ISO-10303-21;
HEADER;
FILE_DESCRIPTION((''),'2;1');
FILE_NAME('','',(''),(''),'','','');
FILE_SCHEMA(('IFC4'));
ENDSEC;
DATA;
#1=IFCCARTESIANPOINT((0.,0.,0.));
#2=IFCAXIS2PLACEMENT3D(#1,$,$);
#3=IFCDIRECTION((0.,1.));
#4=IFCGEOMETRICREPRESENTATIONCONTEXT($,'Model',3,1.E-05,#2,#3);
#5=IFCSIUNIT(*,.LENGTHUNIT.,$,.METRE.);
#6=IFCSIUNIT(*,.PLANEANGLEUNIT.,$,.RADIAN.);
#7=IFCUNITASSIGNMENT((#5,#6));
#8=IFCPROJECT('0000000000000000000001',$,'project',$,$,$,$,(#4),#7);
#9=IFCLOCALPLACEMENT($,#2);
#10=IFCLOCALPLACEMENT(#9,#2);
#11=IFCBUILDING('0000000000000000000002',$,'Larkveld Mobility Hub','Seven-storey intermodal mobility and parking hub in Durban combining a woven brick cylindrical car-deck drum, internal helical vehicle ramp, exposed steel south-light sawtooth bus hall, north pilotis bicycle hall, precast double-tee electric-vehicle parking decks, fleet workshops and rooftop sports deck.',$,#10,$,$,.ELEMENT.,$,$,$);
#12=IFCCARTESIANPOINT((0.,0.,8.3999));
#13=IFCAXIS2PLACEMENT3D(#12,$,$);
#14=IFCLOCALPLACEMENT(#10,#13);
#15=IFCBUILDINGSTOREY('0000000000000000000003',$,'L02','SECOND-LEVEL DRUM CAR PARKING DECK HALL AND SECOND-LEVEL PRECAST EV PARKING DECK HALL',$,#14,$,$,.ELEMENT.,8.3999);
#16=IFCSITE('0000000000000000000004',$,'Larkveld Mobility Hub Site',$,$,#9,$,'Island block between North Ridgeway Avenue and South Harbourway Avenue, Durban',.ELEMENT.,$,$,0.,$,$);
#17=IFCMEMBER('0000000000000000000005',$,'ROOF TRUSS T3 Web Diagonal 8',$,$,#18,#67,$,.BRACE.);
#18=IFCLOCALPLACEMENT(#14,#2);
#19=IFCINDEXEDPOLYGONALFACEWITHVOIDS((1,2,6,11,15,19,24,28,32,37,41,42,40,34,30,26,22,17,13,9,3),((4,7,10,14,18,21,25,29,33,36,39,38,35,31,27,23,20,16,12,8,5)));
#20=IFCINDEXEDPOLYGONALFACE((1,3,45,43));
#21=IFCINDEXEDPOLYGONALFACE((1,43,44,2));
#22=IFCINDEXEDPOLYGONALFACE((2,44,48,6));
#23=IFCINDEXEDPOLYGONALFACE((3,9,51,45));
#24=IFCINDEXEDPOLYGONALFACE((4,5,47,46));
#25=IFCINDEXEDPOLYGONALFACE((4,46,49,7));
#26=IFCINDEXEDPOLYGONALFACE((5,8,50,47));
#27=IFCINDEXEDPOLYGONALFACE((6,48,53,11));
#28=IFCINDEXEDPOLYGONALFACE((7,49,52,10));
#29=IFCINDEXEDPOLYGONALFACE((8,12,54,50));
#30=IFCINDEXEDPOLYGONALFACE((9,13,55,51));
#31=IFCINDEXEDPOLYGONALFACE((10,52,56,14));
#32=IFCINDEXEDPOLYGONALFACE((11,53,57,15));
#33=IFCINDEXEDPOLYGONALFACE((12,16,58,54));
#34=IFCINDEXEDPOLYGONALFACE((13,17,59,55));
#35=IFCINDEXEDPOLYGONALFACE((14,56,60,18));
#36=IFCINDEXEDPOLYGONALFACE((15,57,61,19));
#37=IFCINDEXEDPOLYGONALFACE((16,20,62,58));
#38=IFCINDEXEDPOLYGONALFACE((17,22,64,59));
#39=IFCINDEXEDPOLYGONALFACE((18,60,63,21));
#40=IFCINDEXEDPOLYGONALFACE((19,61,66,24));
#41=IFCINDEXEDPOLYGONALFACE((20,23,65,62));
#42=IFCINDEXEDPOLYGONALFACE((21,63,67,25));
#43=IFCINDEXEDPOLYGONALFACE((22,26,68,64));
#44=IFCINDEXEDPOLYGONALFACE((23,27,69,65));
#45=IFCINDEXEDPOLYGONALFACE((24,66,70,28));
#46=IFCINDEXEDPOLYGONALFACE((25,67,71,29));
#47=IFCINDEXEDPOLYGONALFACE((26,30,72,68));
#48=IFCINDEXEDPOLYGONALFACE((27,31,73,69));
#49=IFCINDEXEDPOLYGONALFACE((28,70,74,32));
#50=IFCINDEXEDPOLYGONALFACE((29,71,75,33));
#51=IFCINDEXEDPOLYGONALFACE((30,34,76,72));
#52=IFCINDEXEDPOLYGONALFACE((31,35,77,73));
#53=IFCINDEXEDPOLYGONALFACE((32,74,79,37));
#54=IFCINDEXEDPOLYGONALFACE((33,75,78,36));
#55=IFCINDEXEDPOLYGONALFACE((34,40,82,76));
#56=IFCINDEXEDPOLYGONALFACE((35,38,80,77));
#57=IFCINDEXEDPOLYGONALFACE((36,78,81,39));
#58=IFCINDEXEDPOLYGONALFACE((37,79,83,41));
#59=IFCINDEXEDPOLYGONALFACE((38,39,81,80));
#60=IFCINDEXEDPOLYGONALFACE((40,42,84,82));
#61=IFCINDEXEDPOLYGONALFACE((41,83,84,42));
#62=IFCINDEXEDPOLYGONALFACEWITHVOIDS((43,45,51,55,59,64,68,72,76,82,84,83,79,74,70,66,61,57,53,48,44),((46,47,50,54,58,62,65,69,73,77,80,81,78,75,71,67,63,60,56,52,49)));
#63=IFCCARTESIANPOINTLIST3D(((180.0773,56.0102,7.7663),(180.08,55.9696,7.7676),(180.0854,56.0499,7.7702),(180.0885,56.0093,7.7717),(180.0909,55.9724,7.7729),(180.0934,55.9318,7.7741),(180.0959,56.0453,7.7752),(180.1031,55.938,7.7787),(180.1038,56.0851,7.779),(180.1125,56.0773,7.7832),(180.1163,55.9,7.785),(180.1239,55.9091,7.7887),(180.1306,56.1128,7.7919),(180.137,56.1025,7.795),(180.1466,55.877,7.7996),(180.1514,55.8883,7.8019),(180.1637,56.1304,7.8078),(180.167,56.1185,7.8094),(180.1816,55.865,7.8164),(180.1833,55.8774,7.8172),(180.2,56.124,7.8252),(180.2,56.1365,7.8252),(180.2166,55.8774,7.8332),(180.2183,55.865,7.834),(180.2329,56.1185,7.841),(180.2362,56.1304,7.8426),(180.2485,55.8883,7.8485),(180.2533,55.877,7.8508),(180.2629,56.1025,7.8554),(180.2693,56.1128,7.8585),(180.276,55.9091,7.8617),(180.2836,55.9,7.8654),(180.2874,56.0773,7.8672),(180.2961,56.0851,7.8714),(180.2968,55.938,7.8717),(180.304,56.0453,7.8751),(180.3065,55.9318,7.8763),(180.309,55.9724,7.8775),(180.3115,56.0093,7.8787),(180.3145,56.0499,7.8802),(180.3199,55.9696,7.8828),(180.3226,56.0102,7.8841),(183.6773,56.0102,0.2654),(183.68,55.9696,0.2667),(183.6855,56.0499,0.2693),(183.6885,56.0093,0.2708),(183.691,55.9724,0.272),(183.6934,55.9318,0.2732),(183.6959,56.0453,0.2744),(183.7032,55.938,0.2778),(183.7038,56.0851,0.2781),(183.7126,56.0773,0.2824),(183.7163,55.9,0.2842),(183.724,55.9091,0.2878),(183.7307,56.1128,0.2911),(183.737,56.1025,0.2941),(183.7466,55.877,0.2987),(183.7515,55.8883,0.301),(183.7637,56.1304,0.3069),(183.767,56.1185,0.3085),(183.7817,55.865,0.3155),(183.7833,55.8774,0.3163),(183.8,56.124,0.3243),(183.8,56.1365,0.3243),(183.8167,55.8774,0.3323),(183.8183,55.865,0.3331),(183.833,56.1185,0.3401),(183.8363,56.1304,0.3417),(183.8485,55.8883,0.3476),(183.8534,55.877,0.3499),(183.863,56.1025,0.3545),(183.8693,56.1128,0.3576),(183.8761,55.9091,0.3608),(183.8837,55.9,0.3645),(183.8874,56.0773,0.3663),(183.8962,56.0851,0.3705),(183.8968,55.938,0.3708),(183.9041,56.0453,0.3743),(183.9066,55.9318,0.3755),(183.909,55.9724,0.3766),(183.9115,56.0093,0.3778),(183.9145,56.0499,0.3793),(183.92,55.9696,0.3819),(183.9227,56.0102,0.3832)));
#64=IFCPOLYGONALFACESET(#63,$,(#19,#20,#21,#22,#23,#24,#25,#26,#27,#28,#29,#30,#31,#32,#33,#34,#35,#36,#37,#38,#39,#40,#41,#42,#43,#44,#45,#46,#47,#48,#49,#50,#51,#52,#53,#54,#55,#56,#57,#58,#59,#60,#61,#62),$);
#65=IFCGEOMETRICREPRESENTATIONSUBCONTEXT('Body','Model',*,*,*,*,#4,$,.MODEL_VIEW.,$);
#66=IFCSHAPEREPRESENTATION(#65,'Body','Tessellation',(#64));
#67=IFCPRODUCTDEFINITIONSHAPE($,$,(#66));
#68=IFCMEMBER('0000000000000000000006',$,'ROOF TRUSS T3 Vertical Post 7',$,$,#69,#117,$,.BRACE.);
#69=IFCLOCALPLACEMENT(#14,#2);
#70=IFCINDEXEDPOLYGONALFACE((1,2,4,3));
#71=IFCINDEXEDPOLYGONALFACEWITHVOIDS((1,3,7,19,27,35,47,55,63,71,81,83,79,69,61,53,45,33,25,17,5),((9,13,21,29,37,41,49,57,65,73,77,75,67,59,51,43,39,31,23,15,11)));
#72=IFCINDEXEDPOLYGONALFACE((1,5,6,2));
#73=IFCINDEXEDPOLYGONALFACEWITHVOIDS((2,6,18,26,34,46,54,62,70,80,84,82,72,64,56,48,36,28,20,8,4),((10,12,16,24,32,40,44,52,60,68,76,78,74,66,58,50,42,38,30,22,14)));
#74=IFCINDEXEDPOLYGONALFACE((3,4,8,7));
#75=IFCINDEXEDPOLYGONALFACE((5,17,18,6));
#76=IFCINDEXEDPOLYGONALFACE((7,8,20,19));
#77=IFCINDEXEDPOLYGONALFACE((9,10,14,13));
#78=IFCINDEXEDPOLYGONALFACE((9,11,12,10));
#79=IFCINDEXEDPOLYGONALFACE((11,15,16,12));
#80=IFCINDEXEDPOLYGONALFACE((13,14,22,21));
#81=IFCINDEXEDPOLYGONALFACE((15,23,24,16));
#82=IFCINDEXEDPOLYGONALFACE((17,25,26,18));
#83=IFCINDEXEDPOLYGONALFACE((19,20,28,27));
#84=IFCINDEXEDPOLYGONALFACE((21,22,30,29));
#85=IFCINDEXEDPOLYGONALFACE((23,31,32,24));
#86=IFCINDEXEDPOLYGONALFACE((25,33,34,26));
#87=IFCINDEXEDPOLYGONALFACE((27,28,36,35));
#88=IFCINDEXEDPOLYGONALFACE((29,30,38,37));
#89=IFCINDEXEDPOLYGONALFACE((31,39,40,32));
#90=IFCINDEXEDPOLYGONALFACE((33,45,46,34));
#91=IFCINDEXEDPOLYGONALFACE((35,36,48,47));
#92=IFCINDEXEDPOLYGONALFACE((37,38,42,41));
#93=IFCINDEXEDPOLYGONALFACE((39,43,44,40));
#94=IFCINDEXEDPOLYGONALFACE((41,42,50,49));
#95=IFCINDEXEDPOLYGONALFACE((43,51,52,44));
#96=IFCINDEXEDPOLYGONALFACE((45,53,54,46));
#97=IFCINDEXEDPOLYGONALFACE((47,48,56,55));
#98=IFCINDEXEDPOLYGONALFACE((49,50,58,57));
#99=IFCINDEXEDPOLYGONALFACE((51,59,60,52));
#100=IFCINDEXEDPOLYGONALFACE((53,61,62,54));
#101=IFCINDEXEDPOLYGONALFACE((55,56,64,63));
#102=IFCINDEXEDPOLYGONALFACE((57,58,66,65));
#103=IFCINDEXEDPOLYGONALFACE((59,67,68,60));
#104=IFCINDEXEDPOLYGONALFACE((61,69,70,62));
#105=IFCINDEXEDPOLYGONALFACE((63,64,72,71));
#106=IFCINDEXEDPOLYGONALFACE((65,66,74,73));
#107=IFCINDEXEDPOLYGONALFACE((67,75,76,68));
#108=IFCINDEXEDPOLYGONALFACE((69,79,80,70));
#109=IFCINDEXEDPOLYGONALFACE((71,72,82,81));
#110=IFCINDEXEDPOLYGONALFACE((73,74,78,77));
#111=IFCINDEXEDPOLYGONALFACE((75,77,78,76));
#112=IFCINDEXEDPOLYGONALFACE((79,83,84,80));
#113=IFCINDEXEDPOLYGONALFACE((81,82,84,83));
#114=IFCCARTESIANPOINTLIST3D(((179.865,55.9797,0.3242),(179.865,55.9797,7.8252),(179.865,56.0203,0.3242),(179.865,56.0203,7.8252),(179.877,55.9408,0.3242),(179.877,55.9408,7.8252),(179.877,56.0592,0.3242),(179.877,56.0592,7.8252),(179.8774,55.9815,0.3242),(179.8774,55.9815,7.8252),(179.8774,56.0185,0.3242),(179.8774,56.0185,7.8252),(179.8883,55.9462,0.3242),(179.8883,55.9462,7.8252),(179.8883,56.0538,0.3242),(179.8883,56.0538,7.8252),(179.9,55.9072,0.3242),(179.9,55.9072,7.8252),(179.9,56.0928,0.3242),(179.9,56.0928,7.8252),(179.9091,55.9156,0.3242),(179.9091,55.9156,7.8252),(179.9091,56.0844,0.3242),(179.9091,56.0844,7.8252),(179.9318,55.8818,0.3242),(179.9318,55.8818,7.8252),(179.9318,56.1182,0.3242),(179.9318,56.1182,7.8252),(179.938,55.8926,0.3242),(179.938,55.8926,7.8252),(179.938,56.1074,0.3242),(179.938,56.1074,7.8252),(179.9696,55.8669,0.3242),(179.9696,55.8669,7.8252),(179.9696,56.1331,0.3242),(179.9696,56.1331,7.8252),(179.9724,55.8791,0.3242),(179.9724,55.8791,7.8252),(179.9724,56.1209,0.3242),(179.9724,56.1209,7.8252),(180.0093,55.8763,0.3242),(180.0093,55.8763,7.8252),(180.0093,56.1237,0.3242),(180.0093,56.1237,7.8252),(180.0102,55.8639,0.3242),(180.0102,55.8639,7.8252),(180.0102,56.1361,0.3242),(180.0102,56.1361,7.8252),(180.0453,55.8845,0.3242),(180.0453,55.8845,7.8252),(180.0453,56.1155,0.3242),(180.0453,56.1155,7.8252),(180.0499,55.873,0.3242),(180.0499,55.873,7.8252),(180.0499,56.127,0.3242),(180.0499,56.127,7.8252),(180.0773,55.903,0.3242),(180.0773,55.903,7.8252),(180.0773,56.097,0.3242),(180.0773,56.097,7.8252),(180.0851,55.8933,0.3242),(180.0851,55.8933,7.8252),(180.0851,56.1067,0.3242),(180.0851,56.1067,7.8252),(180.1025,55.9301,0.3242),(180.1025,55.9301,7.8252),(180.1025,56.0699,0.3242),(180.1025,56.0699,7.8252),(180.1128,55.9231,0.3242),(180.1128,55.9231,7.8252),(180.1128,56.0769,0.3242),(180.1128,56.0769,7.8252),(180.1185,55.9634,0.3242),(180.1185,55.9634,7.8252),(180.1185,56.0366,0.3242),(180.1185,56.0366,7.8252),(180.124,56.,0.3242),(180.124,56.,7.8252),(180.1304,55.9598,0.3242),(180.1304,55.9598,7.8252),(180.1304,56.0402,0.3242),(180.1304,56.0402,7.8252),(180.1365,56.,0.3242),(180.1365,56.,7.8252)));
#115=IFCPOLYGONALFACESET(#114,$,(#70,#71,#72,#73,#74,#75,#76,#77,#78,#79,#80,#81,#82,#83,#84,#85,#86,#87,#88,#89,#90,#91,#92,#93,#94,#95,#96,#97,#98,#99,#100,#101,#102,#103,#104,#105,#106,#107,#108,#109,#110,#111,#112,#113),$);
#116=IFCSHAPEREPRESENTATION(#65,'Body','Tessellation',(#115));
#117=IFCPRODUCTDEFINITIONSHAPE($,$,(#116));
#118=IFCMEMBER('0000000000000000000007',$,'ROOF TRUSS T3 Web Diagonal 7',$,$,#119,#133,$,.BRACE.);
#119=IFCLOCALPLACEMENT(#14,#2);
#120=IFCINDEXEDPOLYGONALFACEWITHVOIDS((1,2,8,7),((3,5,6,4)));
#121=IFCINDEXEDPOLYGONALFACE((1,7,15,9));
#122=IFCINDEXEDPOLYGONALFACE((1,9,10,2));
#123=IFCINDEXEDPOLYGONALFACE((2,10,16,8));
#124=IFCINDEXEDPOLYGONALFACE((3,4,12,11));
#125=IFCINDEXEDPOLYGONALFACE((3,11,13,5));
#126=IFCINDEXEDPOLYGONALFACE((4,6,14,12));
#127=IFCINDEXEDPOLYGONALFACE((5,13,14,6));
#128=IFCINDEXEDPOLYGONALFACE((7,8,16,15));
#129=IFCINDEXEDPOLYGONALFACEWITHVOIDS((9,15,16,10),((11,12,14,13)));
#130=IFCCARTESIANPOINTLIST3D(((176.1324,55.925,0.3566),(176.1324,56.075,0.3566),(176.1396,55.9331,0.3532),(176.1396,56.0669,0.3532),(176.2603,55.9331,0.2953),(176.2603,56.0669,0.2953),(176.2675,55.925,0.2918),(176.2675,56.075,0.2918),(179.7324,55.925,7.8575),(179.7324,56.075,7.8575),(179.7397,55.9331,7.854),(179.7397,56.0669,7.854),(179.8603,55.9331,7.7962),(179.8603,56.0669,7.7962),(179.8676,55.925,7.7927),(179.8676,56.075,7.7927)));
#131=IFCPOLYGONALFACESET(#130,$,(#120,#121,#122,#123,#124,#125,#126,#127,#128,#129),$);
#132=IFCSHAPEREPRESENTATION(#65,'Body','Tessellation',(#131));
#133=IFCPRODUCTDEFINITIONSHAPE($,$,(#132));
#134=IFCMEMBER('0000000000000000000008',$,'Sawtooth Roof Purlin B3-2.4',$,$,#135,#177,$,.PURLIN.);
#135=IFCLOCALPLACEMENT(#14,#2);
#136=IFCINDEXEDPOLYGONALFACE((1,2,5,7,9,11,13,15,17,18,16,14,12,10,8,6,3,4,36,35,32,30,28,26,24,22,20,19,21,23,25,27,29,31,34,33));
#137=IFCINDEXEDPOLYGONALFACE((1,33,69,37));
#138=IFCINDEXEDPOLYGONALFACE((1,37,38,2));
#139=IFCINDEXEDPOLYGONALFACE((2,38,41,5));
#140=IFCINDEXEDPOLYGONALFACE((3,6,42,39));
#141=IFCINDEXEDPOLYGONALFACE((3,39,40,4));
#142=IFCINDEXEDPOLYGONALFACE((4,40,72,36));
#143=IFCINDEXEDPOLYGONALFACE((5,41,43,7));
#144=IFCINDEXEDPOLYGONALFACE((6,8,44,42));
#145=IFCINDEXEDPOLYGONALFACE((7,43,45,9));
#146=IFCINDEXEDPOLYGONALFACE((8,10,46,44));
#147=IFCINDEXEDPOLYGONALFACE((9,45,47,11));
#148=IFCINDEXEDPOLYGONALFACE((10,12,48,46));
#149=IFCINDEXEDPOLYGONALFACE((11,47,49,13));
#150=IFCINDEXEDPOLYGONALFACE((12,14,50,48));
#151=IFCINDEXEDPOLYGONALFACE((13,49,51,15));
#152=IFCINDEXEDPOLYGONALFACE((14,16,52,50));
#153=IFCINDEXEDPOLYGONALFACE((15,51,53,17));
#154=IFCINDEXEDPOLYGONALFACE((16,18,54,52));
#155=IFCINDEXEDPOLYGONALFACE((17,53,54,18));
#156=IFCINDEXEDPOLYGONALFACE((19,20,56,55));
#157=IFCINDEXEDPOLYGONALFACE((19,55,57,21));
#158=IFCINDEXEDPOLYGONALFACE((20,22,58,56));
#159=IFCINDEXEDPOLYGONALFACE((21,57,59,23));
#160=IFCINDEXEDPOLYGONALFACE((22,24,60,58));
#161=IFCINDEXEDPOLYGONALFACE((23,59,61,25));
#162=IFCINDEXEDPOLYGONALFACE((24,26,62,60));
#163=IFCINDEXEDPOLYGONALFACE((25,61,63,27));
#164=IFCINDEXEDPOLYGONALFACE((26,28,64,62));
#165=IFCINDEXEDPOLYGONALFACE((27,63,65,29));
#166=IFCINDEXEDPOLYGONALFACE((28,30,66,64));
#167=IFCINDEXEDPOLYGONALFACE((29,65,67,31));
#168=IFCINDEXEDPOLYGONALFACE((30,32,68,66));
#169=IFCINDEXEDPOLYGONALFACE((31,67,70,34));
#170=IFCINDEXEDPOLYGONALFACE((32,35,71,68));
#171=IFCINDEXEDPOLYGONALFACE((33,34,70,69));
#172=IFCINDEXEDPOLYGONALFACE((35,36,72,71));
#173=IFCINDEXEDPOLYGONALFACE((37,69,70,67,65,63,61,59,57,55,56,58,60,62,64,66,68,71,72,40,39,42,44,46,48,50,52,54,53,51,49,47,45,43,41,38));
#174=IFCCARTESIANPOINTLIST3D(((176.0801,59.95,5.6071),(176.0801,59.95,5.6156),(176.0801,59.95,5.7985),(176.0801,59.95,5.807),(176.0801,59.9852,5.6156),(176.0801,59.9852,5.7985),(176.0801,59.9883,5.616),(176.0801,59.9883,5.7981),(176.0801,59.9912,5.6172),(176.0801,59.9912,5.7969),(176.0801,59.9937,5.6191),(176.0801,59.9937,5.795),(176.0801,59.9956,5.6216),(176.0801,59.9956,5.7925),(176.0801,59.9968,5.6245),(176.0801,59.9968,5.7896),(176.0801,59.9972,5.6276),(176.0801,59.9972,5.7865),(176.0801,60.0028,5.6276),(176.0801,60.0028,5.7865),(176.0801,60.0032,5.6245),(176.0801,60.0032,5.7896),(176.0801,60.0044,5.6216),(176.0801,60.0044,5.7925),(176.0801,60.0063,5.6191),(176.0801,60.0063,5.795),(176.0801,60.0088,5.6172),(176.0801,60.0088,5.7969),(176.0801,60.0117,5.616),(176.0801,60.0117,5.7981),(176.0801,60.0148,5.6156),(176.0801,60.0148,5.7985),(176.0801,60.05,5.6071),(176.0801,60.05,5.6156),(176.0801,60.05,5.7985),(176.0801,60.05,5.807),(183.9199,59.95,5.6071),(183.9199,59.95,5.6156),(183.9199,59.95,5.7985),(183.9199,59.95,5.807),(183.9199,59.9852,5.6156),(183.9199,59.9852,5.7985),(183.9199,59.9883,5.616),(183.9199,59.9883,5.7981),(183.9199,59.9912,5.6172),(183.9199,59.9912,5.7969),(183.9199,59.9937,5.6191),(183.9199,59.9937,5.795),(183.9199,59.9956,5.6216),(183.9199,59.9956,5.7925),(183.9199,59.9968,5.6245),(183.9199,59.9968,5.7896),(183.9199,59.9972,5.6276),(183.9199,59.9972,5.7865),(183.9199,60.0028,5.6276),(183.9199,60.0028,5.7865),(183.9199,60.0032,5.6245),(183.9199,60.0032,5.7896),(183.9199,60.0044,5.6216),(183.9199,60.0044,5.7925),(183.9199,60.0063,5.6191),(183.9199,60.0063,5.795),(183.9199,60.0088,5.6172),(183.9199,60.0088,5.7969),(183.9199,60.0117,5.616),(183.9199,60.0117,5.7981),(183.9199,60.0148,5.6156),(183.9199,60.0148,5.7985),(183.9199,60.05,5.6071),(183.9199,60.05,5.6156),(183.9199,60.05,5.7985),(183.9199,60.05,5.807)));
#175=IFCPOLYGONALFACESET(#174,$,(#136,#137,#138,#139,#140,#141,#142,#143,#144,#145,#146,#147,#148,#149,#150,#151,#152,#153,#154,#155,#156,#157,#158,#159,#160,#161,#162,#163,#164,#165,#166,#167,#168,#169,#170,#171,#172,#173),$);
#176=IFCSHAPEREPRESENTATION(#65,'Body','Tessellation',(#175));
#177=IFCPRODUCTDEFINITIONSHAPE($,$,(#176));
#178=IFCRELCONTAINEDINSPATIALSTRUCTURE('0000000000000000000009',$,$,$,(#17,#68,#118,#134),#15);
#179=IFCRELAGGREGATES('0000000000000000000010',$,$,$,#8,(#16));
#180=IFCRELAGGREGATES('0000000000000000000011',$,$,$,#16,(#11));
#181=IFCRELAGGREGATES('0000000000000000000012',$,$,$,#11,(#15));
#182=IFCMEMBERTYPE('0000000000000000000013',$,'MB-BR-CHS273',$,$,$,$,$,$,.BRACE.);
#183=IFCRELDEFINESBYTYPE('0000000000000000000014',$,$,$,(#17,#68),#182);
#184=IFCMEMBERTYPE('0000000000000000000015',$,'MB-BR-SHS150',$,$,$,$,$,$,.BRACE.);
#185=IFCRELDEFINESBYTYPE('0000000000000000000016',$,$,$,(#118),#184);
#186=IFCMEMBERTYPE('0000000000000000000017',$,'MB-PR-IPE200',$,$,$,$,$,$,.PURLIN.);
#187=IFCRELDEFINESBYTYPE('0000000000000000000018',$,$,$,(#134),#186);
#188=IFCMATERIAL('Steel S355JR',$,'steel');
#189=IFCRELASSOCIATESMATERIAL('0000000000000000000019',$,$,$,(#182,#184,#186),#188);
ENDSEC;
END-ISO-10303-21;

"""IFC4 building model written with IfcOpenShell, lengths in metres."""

from ifc_helpers import new_model, si_unit, direction, frame, origin, origin_2d, place, context, subcontext, project, spatial, hollow_rectangle, hollow_circle, i_section, extrude, material, material_profile, profile_set, type_object, element, save


model = new_model("IFC4")

# Units and contexts
model_context = context("Model", 3, precision=1e-05, world=origin(), true_north=direction((0.0, 1.0)))
body_context = subcontext(model_context, "Body", "Model", "MODEL_VIEW")
ifc_project = project(units=[si_unit("LENGTHUNIT", "METRE"), si_unit("PLANEANGLEUNIT", "RADIAN")], contexts=[model_context])

# Site, building, storey
site_placement = place(None, origin())
site = spatial("IfcSite", under=ifc_project, at=site_placement, Name="Larkveld Mobility Hub Site", LongName="Island block between North Ridgeway Avenue and South Harbourway Avenue, Durban", CompositionType="ELEMENT", RefElevation=0.0)
building_placement = place(site_placement, origin())
building = spatial("IfcBuilding", under=site, at=building_placement, Name="Larkveld Mobility Hub", Description="Seven-storey intermodal mobility and parking hub in Durban combining a woven brick cylindrical car-deck drum, internal helical vehicle ramp, exposed steel south-light sawtooth bus hall, north pilotis bicycle hall, precast double-tee electric-vehicle parking decks, fleet workshops and rooftop sports deck.", CompositionType="ELEMENT")
storey_placement = place(building_placement, frame((0.0, 0.0, 8.3999)))
storey = spatial("IfcBuildingStorey", under=building, at=storey_placement, Name="L02", Description="SECOND-LEVEL DRUM CAR PARKING DECK HALL AND SECOND-LEVEL PRECAST EV PARKING DECK HALL", CompositionType="ELEMENT", Elevation=8.3999)

# Shared definitions
ifc_material_1 = material(Name="Steel S355JR", Category="steel")

# Members
ifc_material_profile_1 = material_profile(ifc_material_1, hollow_circle(Radius=0.1365, WallThickness=0.0125, at=origin_2d()), Name="CHS 273x12.5")
ifc_profile_set_1 = profile_set([ifc_material_profile_1], Name="Steel S355JR")
member_type_1 = type_object("IfcMemberType", Name="MB-BR-CHS273", PredefinedType="BRACE", material=ifc_profile_set_1)
member_1_placement = place(storey_placement, frame((180.2, 56.0, 7.8252), z_axis=(0.432695, 0.0, -0.90154), x_axis=(0.0, 1.0, 0.0)))
element("IfcMember", 1, at=member_1_placement, inside=storey, type_object=member_type_1, Name="ROOF TRUSS T3 Web Diagonal 8", PredefinedType="BRACE", context=body_context, shape_type="SweptSolid", body=[
    extrude(hollow_circle(Radius=0.1365, WallThickness=0.0125, at=origin_2d()), origin(), (0.0, 0.0, 1.0), 8.3201),
])
member_2_placement = place(storey_placement, frame((180.0, 56.0, 0.3242), z_axis=(0.0, 0.0, 1.0), x_axis=(1.0, 0.0, 0.0)))
element("IfcMember", 2, at=member_2_placement, inside=storey, type_object=member_type_1, Name="ROOF TRUSS T3 Vertical Post 7", PredefinedType="BRACE", context=body_context, shape_type="SweptSolid", body=[
    extrude(hollow_circle(Radius=0.1365, WallThickness=0.0125, at=origin_2d()), origin(), (0.0, 0.0, 1.0), 7.501),
])
ifc_material_profile_2 = material_profile(ifc_material_1, hollow_rectangle(XDim=0.1499, YDim=0.1499, WallThickness=0.0081, at=origin_2d()), Name="SHS 150x150x8")
ifc_profile_set_2 = profile_set([ifc_material_profile_2], Name="Steel S355JR")
member_type_2 = type_object("IfcMemberType", Name="MB-BR-SHS150", PredefinedType="BRACE", material=ifc_profile_set_2)
member_3_placement = place(storey_placement, frame((176.2, 56.0, 0.3242), z_axis=(0.432695, 0.0, 0.90154), x_axis=(0.0, 1.0, 0.0)))
element("IfcMember", 3, at=member_3_placement, inside=storey, type_object=member_type_2, Name="ROOF TRUSS T3 Web Diagonal 7", PredefinedType="BRACE", context=body_context, shape_type="SweptSolid", body=[
    extrude(hollow_rectangle(XDim=0.1499, YDim=0.1499, WallThickness=0.0081, at=origin_2d()), origin(), (0.0, 0.0, 1.0), 8.3201),
])
ifc_material_profile_3 = material_profile(ifc_material_1, i_section(OverallWidth=0.1001, OverallDepth=0.2, WebThickness=0.0056, FlangeThickness=0.0085, FilletRadius=0.012, at=origin_2d()), Name="IPE 200")
ifc_profile_set_3 = profile_set([ifc_material_profile_3], Name="Steel S355JR")
member_type_3 = type_object("IfcMemberType", Name="MB-PR-IPE200", PredefinedType="PURLIN", material=ifc_profile_set_3)
member_4_placement = place(storey_placement, frame((176.0801, 60.0, 5.707), z_axis=(1.0, 0.0, 0.0), x_axis=(0.0, 1.0, 0.0)))
element("IfcMember", 4, at=member_4_placement, inside=storey, type_object=member_type_3, Name="Sawtooth Roof Purlin B3-2.4", PredefinedType="PURLIN", context=body_context, shape_type="SweptSolid", body=[
    extrude(i_section(OverallWidth=0.1001, OverallDepth=0.2, WebThickness=0.0056, FlangeThickness=0.0085, FilletRadius=0.012, at=origin_2d()), origin(), (0.0, 0.0, 1.0), 7.8398),
])

save(model, "model.ifc")
